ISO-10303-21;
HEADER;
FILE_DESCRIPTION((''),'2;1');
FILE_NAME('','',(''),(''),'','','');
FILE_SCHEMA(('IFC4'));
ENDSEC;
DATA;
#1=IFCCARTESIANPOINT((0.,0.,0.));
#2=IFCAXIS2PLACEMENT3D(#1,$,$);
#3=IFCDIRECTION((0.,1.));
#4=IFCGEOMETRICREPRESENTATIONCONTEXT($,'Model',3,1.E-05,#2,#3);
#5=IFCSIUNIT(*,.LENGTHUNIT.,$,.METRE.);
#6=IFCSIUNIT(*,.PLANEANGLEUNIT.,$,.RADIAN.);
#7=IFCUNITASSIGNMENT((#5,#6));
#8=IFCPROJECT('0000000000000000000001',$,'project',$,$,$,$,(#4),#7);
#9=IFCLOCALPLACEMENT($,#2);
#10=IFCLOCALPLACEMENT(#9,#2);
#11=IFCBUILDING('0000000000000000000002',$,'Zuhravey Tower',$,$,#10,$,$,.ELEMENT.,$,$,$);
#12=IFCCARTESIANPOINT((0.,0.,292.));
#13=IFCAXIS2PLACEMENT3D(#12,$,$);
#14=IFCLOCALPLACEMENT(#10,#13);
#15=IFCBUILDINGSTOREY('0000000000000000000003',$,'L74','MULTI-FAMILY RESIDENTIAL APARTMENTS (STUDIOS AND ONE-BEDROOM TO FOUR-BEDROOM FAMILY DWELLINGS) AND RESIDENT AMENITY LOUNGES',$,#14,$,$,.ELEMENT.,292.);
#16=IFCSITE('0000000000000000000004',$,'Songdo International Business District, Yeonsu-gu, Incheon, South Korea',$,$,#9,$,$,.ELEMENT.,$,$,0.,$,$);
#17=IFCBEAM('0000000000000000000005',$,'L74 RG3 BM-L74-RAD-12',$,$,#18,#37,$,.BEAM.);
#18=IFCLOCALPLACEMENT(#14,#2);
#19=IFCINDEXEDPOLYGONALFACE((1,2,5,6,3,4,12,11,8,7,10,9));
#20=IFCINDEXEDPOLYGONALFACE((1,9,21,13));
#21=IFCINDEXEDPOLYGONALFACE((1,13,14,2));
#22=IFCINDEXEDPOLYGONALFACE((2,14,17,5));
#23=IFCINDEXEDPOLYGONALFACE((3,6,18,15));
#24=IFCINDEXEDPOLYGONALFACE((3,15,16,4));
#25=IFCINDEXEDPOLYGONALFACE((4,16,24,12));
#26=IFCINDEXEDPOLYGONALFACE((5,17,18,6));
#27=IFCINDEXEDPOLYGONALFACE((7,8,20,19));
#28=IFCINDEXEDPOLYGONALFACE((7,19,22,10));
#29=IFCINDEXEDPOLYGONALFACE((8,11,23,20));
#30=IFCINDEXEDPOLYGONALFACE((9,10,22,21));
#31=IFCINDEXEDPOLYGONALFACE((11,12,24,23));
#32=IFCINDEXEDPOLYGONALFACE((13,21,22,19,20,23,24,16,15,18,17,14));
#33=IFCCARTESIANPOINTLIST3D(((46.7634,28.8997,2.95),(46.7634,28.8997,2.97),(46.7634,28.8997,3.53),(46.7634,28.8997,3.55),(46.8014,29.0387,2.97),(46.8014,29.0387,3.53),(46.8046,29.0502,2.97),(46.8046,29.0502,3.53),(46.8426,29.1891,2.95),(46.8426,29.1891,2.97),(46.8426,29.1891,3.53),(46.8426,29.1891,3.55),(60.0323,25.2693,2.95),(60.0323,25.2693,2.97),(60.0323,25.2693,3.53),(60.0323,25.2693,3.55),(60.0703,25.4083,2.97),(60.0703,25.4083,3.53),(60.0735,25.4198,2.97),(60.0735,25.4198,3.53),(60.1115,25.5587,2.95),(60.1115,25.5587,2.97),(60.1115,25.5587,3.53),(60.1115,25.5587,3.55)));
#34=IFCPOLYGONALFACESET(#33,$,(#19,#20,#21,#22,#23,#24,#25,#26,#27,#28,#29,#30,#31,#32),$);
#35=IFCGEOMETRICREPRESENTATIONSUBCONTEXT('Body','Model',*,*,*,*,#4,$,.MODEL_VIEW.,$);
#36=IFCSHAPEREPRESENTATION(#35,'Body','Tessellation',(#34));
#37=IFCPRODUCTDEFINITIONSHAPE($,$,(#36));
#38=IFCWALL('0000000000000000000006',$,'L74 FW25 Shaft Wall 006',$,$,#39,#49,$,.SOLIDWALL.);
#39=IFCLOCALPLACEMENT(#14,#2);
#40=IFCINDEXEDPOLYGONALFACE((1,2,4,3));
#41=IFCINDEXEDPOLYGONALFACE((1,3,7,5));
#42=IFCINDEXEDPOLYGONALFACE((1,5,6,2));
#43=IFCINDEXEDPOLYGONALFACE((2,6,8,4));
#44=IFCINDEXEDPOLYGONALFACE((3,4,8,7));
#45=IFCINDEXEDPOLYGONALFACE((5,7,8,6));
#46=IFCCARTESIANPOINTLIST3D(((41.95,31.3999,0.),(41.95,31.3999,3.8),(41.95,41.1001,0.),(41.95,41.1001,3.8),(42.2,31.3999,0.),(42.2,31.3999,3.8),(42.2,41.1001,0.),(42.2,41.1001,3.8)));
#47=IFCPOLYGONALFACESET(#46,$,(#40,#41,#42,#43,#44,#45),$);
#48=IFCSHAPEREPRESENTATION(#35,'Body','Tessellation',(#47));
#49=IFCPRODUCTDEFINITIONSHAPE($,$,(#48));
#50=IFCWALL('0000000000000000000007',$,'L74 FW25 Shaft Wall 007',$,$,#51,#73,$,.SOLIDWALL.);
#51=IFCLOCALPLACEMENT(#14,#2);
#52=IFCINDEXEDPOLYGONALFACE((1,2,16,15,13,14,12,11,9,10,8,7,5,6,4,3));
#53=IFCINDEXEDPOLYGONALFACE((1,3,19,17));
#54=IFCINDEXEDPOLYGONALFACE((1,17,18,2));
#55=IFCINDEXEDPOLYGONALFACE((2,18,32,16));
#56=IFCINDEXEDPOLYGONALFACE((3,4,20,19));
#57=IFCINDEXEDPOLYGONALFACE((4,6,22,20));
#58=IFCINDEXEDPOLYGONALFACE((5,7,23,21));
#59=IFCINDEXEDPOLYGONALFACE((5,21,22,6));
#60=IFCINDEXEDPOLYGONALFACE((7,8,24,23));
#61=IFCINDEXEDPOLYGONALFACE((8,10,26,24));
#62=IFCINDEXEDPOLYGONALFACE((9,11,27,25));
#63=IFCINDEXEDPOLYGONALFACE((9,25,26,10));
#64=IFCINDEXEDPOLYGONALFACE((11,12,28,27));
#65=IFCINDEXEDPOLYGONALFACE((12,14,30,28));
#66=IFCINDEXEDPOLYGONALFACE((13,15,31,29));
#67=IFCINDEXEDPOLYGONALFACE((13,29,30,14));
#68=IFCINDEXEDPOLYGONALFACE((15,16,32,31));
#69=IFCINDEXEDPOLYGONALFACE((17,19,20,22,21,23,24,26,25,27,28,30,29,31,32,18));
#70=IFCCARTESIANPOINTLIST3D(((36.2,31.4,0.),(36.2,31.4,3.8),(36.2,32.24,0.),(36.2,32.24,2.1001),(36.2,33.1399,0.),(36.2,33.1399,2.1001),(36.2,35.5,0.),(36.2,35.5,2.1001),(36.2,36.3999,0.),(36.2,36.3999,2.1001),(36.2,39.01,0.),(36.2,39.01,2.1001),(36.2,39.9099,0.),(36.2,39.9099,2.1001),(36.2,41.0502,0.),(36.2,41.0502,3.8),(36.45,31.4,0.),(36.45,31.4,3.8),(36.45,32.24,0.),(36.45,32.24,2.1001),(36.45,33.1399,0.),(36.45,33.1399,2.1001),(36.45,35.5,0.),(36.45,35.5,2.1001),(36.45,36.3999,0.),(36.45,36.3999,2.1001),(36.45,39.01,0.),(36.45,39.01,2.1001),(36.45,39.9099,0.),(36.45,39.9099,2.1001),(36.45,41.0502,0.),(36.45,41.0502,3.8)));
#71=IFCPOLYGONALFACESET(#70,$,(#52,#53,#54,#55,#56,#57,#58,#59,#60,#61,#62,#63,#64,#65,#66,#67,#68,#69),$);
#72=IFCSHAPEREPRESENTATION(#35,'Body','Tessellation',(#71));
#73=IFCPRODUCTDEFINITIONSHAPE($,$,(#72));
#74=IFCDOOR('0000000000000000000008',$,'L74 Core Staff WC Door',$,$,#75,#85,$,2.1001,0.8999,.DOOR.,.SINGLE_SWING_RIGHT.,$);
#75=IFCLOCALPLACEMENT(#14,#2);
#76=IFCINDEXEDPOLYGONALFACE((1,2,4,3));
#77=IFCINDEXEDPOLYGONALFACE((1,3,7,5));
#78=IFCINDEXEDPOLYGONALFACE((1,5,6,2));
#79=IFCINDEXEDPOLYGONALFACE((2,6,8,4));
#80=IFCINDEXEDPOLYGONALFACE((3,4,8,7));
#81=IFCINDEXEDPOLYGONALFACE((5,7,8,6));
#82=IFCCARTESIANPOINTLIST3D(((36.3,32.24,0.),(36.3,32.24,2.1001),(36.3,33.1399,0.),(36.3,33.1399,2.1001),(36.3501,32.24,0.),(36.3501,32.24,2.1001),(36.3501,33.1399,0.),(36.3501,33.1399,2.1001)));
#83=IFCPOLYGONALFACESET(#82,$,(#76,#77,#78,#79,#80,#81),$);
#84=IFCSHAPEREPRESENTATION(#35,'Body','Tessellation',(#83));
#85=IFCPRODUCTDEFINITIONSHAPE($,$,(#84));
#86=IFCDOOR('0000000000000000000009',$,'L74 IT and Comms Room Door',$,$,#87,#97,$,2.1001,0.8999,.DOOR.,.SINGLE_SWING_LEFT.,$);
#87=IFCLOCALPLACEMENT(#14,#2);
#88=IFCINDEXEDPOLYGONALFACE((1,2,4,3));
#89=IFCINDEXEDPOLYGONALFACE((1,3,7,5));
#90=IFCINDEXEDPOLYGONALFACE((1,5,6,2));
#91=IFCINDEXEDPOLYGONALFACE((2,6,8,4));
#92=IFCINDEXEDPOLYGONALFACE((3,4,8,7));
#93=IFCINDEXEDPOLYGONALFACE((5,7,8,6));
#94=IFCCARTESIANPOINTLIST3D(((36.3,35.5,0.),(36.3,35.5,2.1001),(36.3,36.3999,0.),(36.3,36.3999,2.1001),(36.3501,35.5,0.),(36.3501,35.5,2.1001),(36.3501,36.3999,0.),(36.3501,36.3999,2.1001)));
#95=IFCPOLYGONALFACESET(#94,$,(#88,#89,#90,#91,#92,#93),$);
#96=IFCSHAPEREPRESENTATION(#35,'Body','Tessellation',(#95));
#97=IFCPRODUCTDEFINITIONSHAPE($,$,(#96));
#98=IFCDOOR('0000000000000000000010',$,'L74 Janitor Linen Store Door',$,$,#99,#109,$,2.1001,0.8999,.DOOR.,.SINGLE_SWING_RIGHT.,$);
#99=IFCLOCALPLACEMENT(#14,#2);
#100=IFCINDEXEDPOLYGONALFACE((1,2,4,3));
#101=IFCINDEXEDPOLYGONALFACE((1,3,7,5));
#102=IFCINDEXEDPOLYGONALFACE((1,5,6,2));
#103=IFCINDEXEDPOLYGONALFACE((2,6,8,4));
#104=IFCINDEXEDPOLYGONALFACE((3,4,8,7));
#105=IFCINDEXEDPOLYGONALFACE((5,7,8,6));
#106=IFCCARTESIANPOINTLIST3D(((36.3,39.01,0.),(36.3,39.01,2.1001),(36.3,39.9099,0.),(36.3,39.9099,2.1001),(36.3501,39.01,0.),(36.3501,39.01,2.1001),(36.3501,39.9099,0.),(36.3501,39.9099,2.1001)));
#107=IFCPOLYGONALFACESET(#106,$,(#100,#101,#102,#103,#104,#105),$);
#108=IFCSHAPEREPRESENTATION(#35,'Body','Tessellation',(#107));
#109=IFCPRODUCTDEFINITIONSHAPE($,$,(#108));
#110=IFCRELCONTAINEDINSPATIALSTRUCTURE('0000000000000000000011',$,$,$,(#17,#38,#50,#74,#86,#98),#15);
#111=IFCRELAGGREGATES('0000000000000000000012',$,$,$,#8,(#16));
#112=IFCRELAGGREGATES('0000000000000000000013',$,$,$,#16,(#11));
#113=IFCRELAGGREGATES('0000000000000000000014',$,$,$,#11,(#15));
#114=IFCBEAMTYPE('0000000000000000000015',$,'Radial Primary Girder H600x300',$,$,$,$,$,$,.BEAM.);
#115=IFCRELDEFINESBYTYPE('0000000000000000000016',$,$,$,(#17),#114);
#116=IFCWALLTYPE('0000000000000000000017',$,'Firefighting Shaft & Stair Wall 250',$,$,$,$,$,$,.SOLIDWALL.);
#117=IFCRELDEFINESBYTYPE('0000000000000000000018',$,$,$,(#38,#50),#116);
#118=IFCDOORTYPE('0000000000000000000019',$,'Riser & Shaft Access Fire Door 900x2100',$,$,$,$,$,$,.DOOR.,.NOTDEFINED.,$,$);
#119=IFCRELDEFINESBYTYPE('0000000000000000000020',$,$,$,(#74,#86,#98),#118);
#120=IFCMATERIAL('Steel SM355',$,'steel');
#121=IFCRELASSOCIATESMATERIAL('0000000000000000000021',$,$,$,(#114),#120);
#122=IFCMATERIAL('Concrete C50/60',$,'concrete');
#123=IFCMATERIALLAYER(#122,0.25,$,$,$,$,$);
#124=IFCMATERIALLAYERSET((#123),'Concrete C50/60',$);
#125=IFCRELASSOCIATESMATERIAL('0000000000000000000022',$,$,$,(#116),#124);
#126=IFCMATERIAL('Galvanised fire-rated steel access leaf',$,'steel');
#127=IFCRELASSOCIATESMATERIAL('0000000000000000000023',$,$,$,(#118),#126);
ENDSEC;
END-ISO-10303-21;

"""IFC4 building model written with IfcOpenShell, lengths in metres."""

from ifc_helpers import new_model, si_unit, direction, frame, frame_2d, origin, origin_2d, place, context, subcontext, project, spatial, rectangle, i_section, extrude, material, layer, layer_set, material_profile, profile_set, type_object, element, fill, save


model = new_model("IFC4")

# Units and contexts
model_context = context("Model", 3, precision=1e-05, world=origin(), true_north=direction((0.0, 1.0)))
body_context = subcontext(model_context, "Body", "Model", "MODEL_VIEW")
ifc_project = project(units=[si_unit("LENGTHUNIT", "METRE"), si_unit("PLANEANGLEUNIT", "RADIAN")], contexts=[model_context])

# Site, building, storey
site_placement = place(None, origin())
site = spatial("IfcSite", under=ifc_project, at=site_placement, Name="Songdo International Business District, Yeonsu-gu, Incheon, South Korea", CompositionType="ELEMENT", RefElevation=0.0)
building_placement = place(site_placement, origin())
building = spatial("IfcBuilding", under=site, at=building_placement, Name="Zuhravey Tower", CompositionType="ELEMENT")
storey_placement = place(building_placement, frame((0.0, 0.0, 292.0)))
storey = spatial("IfcBuildingStorey", under=building, at=storey_placement, Name="L74", Description="MULTI-FAMILY RESIDENTIAL APARTMENTS (STUDIOS AND ONE-BEDROOM TO FOUR-BEDROOM FAMILY DWELLINGS) AND RESIDENT AMENITY LOUNGES", CompositionType="ELEMENT", Elevation=292.0)

# Beam
ifc_material_1 = material(Name="Steel SM355", Category="steel")
ifc_material_profile = material_profile(ifc_material_1, i_section(OverallWidth=0.3, OverallDepth=0.6001, WebThickness=0.012, FlangeThickness=0.02, at=origin_2d()), Name="H-600x300x12x20")
ifc_profile_set = profile_set([ifc_material_profile], Name="Steel SM355")
beam_type = type_object("IfcBeamType", Name="Radial Primary Girder H600x300", PredefinedType="BEAM", material=ifc_profile_set)
beam_placement = place(storey_placement, frame((46.803, 29.0444, 3.25), z_axis=(0.964549, -0.263903, 0.0), x_axis=(0.263903, 0.964549, 0.0)))
element("IfcBeam", 1, at=beam_placement, inside=storey, type_object=beam_type, Name="L74 RG3 BM-L74-RAD-12", PredefinedType="BEAM", context=body_context, shape_type="SweptSolid", body=[
    extrude(i_section(OverallWidth=0.3, OverallDepth=0.6001, WebThickness=0.012, FlangeThickness=0.02, at=origin_2d()), origin(), (0.0, 0.0, 1.0), 13.7566),
])

# Wall
ifc_material_2 = material(Name="Concrete C50/60", Category="concrete")
ifc_layer_1 = layer(ifc_material_2, 0.25)
ifc_layer_set_1 = layer_set([ifc_layer_1], Name="Concrete C50/60")
wall_type_1 = type_object("IfcWallType", Name="Firefighting Shaft & Stair Wall 250", PredefinedType="SOLIDWALL", material=ifc_layer_set_1)
wall_1_placement = place(storey_placement, frame((42.075, 31.3999, 0.0), z_axis=(0.0, 0.0, 1.0), x_axis=(0.0, 1.0, 0.0)))
element("IfcWall", 2, at=wall_1_placement, inside=storey, type_object=wall_type_1, Name="L74 FW25 Shaft Wall 006", PredefinedType="SOLIDWALL", context=body_context, shape_type="SweptSolid", body=[
    extrude(rectangle(XDim=9.7002, YDim=0.25, at=frame_2d((4.8501, 0.0))), origin(), (0.0, 0.0, 1.0), 3.8),
])

# Wall, openings, doors
wall_2_placement = place(storey_placement, frame((36.325, 31.3999, 0.0), z_axis=(0.0, 0.0, 1.0), x_axis=(0.0, 1.0, 0.0)))
wall_2 = element("IfcWall", 3, at=wall_2_placement, inside=storey, type_object=wall_type_1, Name="L74 FW25 Shaft Wall 007", PredefinedType="SOLIDWALL", context=body_context, shape_type="SweptSolid", body=[
    extrude(rectangle(XDim=9.6501, YDim=0.25, at=frame_2d((4.8252, 0.0))), origin(), (0.0, 0.0, 1.0), 3.8),
])
opening_1_placement = place(wall_2_placement, frame((0.8401, 0.0, 0.0)))
opening_1 = element("IfcOpeningElement", 4, at=opening_1_placement, cuts=wall_2, PredefinedType="OPENING", context=body_context, shape_type="SweptSolid", body=[
    extrude(rectangle(XDim=0.8999, YDim=2.1001, at=frame_2d((0.45, 1.05))), frame((0.0, 0.137, 0.0), z_axis=(0.0, -1.0, 0.0), x_axis=(1.0, 0.0, 0.0)), (0.0, 0.0, 1.0), 0.2739),
])
opening_2_placement = place(wall_2_placement, frame((4.1001, 0.0, 0.0)))
opening_2 = element("IfcOpeningElement", 5, at=opening_2_placement, cuts=wall_2, PredefinedType="OPENING", context=body_context, shape_type="SweptSolid", body=[
    extrude(rectangle(XDim=0.8999, YDim=2.1001, at=frame_2d((0.45, 1.05))), frame((0.0, 0.137, 0.0), z_axis=(0.0, -1.0, 0.0), x_axis=(1.0, 0.0, 0.0)), (0.0, 0.0, 1.0), 0.2739),
])
opening_3_placement = place(wall_2_placement, frame((7.6101, 0.0, 0.0)))
opening_3 = element("IfcOpeningElement", 6, at=opening_3_placement, cuts=wall_2, PredefinedType="OPENING", context=body_context, shape_type="SweptSolid", body=[
    extrude(rectangle(XDim=0.8999, YDim=2.1001, at=frame_2d((0.45, 1.05))), frame((0.0, 0.137, 0.0), z_axis=(0.0, -1.0, 0.0), x_axis=(1.0, 0.0, 0.0)), (0.0, 0.0, 1.0), 0.2739),
])
ifc_material_3 = material(Name="Galvanised fire-rated steel access leaf", Category="steel")
door_type_1 = type_object("IfcDoorType", Name="Riser & Shaft Access Fire Door 900x2100", OperationType="NOTDEFINED", PredefinedType="DOOR", material=ifc_material_3)
door_1_placement = place(opening_1_placement, origin())
door_1 = element("IfcDoor", 7, at=door_1_placement, inside=storey, type_object=door_type_1, Name="L74 Core Staff WC Door", OperationType="SINGLE_SWING_RIGHT", OverallHeight=2.1001, OverallWidth=0.8999, PredefinedType="DOOR", context=body_context, shape_type="SweptSolid", body=[
    extrude(rectangle(XDim=0.8999, YDim=2.1001, at=frame_2d((0.45, 1.05))), frame((0.0, 0.0249, 0.0), z_axis=(0.0, -1.0, 0.0), x_axis=(1.0, 0.0, 0.0)), (0.0, 0.0, 1.0), 0.05),
])
fill(opening_1, door_1)
door_2_placement = place(opening_2_placement, origin())
door_2 = element("IfcDoor", 8, at=door_2_placement, inside=storey, type_object=door_type_1, Name="L74 IT and Comms Room Door", OperationType="SINGLE_SWING_LEFT", OverallHeight=2.1001, OverallWidth=0.8999, PredefinedType="DOOR", context=body_context, shape_type="SweptSolid", body=[
    extrude(rectangle(XDim=0.8999, YDim=2.1001, at=frame_2d((0.45, 1.05))), frame((0.0, 0.0249, 0.0), z_axis=(0.0, -1.0, 0.0), x_axis=(1.0, 0.0, 0.0)), (0.0, 0.0, 1.0), 0.05),
])
fill(opening_2, door_2)
door_3_placement = place(opening_3_placement, origin())
door_3 = element("IfcDoor", 9, at=door_3_placement, inside=storey, type_object=door_type_1, Name="L74 Janitor Linen Store Door", OperationType="SINGLE_SWING_RIGHT", OverallHeight=2.1001, OverallWidth=0.8999, PredefinedType="DOOR", context=body_context, shape_type="SweptSolid", body=[
    extrude(rectangle(XDim=0.8999, YDim=2.1001, at=frame_2d((0.45, 1.05))), frame((0.0, 0.0249, 0.0), z_axis=(0.0, -1.0, 0.0), x_axis=(1.0, 0.0, 0.0)), (0.0, 0.0, 1.0), 0.05),
])
fill(opening_3, door_3)

save(model, "model.ifc")
